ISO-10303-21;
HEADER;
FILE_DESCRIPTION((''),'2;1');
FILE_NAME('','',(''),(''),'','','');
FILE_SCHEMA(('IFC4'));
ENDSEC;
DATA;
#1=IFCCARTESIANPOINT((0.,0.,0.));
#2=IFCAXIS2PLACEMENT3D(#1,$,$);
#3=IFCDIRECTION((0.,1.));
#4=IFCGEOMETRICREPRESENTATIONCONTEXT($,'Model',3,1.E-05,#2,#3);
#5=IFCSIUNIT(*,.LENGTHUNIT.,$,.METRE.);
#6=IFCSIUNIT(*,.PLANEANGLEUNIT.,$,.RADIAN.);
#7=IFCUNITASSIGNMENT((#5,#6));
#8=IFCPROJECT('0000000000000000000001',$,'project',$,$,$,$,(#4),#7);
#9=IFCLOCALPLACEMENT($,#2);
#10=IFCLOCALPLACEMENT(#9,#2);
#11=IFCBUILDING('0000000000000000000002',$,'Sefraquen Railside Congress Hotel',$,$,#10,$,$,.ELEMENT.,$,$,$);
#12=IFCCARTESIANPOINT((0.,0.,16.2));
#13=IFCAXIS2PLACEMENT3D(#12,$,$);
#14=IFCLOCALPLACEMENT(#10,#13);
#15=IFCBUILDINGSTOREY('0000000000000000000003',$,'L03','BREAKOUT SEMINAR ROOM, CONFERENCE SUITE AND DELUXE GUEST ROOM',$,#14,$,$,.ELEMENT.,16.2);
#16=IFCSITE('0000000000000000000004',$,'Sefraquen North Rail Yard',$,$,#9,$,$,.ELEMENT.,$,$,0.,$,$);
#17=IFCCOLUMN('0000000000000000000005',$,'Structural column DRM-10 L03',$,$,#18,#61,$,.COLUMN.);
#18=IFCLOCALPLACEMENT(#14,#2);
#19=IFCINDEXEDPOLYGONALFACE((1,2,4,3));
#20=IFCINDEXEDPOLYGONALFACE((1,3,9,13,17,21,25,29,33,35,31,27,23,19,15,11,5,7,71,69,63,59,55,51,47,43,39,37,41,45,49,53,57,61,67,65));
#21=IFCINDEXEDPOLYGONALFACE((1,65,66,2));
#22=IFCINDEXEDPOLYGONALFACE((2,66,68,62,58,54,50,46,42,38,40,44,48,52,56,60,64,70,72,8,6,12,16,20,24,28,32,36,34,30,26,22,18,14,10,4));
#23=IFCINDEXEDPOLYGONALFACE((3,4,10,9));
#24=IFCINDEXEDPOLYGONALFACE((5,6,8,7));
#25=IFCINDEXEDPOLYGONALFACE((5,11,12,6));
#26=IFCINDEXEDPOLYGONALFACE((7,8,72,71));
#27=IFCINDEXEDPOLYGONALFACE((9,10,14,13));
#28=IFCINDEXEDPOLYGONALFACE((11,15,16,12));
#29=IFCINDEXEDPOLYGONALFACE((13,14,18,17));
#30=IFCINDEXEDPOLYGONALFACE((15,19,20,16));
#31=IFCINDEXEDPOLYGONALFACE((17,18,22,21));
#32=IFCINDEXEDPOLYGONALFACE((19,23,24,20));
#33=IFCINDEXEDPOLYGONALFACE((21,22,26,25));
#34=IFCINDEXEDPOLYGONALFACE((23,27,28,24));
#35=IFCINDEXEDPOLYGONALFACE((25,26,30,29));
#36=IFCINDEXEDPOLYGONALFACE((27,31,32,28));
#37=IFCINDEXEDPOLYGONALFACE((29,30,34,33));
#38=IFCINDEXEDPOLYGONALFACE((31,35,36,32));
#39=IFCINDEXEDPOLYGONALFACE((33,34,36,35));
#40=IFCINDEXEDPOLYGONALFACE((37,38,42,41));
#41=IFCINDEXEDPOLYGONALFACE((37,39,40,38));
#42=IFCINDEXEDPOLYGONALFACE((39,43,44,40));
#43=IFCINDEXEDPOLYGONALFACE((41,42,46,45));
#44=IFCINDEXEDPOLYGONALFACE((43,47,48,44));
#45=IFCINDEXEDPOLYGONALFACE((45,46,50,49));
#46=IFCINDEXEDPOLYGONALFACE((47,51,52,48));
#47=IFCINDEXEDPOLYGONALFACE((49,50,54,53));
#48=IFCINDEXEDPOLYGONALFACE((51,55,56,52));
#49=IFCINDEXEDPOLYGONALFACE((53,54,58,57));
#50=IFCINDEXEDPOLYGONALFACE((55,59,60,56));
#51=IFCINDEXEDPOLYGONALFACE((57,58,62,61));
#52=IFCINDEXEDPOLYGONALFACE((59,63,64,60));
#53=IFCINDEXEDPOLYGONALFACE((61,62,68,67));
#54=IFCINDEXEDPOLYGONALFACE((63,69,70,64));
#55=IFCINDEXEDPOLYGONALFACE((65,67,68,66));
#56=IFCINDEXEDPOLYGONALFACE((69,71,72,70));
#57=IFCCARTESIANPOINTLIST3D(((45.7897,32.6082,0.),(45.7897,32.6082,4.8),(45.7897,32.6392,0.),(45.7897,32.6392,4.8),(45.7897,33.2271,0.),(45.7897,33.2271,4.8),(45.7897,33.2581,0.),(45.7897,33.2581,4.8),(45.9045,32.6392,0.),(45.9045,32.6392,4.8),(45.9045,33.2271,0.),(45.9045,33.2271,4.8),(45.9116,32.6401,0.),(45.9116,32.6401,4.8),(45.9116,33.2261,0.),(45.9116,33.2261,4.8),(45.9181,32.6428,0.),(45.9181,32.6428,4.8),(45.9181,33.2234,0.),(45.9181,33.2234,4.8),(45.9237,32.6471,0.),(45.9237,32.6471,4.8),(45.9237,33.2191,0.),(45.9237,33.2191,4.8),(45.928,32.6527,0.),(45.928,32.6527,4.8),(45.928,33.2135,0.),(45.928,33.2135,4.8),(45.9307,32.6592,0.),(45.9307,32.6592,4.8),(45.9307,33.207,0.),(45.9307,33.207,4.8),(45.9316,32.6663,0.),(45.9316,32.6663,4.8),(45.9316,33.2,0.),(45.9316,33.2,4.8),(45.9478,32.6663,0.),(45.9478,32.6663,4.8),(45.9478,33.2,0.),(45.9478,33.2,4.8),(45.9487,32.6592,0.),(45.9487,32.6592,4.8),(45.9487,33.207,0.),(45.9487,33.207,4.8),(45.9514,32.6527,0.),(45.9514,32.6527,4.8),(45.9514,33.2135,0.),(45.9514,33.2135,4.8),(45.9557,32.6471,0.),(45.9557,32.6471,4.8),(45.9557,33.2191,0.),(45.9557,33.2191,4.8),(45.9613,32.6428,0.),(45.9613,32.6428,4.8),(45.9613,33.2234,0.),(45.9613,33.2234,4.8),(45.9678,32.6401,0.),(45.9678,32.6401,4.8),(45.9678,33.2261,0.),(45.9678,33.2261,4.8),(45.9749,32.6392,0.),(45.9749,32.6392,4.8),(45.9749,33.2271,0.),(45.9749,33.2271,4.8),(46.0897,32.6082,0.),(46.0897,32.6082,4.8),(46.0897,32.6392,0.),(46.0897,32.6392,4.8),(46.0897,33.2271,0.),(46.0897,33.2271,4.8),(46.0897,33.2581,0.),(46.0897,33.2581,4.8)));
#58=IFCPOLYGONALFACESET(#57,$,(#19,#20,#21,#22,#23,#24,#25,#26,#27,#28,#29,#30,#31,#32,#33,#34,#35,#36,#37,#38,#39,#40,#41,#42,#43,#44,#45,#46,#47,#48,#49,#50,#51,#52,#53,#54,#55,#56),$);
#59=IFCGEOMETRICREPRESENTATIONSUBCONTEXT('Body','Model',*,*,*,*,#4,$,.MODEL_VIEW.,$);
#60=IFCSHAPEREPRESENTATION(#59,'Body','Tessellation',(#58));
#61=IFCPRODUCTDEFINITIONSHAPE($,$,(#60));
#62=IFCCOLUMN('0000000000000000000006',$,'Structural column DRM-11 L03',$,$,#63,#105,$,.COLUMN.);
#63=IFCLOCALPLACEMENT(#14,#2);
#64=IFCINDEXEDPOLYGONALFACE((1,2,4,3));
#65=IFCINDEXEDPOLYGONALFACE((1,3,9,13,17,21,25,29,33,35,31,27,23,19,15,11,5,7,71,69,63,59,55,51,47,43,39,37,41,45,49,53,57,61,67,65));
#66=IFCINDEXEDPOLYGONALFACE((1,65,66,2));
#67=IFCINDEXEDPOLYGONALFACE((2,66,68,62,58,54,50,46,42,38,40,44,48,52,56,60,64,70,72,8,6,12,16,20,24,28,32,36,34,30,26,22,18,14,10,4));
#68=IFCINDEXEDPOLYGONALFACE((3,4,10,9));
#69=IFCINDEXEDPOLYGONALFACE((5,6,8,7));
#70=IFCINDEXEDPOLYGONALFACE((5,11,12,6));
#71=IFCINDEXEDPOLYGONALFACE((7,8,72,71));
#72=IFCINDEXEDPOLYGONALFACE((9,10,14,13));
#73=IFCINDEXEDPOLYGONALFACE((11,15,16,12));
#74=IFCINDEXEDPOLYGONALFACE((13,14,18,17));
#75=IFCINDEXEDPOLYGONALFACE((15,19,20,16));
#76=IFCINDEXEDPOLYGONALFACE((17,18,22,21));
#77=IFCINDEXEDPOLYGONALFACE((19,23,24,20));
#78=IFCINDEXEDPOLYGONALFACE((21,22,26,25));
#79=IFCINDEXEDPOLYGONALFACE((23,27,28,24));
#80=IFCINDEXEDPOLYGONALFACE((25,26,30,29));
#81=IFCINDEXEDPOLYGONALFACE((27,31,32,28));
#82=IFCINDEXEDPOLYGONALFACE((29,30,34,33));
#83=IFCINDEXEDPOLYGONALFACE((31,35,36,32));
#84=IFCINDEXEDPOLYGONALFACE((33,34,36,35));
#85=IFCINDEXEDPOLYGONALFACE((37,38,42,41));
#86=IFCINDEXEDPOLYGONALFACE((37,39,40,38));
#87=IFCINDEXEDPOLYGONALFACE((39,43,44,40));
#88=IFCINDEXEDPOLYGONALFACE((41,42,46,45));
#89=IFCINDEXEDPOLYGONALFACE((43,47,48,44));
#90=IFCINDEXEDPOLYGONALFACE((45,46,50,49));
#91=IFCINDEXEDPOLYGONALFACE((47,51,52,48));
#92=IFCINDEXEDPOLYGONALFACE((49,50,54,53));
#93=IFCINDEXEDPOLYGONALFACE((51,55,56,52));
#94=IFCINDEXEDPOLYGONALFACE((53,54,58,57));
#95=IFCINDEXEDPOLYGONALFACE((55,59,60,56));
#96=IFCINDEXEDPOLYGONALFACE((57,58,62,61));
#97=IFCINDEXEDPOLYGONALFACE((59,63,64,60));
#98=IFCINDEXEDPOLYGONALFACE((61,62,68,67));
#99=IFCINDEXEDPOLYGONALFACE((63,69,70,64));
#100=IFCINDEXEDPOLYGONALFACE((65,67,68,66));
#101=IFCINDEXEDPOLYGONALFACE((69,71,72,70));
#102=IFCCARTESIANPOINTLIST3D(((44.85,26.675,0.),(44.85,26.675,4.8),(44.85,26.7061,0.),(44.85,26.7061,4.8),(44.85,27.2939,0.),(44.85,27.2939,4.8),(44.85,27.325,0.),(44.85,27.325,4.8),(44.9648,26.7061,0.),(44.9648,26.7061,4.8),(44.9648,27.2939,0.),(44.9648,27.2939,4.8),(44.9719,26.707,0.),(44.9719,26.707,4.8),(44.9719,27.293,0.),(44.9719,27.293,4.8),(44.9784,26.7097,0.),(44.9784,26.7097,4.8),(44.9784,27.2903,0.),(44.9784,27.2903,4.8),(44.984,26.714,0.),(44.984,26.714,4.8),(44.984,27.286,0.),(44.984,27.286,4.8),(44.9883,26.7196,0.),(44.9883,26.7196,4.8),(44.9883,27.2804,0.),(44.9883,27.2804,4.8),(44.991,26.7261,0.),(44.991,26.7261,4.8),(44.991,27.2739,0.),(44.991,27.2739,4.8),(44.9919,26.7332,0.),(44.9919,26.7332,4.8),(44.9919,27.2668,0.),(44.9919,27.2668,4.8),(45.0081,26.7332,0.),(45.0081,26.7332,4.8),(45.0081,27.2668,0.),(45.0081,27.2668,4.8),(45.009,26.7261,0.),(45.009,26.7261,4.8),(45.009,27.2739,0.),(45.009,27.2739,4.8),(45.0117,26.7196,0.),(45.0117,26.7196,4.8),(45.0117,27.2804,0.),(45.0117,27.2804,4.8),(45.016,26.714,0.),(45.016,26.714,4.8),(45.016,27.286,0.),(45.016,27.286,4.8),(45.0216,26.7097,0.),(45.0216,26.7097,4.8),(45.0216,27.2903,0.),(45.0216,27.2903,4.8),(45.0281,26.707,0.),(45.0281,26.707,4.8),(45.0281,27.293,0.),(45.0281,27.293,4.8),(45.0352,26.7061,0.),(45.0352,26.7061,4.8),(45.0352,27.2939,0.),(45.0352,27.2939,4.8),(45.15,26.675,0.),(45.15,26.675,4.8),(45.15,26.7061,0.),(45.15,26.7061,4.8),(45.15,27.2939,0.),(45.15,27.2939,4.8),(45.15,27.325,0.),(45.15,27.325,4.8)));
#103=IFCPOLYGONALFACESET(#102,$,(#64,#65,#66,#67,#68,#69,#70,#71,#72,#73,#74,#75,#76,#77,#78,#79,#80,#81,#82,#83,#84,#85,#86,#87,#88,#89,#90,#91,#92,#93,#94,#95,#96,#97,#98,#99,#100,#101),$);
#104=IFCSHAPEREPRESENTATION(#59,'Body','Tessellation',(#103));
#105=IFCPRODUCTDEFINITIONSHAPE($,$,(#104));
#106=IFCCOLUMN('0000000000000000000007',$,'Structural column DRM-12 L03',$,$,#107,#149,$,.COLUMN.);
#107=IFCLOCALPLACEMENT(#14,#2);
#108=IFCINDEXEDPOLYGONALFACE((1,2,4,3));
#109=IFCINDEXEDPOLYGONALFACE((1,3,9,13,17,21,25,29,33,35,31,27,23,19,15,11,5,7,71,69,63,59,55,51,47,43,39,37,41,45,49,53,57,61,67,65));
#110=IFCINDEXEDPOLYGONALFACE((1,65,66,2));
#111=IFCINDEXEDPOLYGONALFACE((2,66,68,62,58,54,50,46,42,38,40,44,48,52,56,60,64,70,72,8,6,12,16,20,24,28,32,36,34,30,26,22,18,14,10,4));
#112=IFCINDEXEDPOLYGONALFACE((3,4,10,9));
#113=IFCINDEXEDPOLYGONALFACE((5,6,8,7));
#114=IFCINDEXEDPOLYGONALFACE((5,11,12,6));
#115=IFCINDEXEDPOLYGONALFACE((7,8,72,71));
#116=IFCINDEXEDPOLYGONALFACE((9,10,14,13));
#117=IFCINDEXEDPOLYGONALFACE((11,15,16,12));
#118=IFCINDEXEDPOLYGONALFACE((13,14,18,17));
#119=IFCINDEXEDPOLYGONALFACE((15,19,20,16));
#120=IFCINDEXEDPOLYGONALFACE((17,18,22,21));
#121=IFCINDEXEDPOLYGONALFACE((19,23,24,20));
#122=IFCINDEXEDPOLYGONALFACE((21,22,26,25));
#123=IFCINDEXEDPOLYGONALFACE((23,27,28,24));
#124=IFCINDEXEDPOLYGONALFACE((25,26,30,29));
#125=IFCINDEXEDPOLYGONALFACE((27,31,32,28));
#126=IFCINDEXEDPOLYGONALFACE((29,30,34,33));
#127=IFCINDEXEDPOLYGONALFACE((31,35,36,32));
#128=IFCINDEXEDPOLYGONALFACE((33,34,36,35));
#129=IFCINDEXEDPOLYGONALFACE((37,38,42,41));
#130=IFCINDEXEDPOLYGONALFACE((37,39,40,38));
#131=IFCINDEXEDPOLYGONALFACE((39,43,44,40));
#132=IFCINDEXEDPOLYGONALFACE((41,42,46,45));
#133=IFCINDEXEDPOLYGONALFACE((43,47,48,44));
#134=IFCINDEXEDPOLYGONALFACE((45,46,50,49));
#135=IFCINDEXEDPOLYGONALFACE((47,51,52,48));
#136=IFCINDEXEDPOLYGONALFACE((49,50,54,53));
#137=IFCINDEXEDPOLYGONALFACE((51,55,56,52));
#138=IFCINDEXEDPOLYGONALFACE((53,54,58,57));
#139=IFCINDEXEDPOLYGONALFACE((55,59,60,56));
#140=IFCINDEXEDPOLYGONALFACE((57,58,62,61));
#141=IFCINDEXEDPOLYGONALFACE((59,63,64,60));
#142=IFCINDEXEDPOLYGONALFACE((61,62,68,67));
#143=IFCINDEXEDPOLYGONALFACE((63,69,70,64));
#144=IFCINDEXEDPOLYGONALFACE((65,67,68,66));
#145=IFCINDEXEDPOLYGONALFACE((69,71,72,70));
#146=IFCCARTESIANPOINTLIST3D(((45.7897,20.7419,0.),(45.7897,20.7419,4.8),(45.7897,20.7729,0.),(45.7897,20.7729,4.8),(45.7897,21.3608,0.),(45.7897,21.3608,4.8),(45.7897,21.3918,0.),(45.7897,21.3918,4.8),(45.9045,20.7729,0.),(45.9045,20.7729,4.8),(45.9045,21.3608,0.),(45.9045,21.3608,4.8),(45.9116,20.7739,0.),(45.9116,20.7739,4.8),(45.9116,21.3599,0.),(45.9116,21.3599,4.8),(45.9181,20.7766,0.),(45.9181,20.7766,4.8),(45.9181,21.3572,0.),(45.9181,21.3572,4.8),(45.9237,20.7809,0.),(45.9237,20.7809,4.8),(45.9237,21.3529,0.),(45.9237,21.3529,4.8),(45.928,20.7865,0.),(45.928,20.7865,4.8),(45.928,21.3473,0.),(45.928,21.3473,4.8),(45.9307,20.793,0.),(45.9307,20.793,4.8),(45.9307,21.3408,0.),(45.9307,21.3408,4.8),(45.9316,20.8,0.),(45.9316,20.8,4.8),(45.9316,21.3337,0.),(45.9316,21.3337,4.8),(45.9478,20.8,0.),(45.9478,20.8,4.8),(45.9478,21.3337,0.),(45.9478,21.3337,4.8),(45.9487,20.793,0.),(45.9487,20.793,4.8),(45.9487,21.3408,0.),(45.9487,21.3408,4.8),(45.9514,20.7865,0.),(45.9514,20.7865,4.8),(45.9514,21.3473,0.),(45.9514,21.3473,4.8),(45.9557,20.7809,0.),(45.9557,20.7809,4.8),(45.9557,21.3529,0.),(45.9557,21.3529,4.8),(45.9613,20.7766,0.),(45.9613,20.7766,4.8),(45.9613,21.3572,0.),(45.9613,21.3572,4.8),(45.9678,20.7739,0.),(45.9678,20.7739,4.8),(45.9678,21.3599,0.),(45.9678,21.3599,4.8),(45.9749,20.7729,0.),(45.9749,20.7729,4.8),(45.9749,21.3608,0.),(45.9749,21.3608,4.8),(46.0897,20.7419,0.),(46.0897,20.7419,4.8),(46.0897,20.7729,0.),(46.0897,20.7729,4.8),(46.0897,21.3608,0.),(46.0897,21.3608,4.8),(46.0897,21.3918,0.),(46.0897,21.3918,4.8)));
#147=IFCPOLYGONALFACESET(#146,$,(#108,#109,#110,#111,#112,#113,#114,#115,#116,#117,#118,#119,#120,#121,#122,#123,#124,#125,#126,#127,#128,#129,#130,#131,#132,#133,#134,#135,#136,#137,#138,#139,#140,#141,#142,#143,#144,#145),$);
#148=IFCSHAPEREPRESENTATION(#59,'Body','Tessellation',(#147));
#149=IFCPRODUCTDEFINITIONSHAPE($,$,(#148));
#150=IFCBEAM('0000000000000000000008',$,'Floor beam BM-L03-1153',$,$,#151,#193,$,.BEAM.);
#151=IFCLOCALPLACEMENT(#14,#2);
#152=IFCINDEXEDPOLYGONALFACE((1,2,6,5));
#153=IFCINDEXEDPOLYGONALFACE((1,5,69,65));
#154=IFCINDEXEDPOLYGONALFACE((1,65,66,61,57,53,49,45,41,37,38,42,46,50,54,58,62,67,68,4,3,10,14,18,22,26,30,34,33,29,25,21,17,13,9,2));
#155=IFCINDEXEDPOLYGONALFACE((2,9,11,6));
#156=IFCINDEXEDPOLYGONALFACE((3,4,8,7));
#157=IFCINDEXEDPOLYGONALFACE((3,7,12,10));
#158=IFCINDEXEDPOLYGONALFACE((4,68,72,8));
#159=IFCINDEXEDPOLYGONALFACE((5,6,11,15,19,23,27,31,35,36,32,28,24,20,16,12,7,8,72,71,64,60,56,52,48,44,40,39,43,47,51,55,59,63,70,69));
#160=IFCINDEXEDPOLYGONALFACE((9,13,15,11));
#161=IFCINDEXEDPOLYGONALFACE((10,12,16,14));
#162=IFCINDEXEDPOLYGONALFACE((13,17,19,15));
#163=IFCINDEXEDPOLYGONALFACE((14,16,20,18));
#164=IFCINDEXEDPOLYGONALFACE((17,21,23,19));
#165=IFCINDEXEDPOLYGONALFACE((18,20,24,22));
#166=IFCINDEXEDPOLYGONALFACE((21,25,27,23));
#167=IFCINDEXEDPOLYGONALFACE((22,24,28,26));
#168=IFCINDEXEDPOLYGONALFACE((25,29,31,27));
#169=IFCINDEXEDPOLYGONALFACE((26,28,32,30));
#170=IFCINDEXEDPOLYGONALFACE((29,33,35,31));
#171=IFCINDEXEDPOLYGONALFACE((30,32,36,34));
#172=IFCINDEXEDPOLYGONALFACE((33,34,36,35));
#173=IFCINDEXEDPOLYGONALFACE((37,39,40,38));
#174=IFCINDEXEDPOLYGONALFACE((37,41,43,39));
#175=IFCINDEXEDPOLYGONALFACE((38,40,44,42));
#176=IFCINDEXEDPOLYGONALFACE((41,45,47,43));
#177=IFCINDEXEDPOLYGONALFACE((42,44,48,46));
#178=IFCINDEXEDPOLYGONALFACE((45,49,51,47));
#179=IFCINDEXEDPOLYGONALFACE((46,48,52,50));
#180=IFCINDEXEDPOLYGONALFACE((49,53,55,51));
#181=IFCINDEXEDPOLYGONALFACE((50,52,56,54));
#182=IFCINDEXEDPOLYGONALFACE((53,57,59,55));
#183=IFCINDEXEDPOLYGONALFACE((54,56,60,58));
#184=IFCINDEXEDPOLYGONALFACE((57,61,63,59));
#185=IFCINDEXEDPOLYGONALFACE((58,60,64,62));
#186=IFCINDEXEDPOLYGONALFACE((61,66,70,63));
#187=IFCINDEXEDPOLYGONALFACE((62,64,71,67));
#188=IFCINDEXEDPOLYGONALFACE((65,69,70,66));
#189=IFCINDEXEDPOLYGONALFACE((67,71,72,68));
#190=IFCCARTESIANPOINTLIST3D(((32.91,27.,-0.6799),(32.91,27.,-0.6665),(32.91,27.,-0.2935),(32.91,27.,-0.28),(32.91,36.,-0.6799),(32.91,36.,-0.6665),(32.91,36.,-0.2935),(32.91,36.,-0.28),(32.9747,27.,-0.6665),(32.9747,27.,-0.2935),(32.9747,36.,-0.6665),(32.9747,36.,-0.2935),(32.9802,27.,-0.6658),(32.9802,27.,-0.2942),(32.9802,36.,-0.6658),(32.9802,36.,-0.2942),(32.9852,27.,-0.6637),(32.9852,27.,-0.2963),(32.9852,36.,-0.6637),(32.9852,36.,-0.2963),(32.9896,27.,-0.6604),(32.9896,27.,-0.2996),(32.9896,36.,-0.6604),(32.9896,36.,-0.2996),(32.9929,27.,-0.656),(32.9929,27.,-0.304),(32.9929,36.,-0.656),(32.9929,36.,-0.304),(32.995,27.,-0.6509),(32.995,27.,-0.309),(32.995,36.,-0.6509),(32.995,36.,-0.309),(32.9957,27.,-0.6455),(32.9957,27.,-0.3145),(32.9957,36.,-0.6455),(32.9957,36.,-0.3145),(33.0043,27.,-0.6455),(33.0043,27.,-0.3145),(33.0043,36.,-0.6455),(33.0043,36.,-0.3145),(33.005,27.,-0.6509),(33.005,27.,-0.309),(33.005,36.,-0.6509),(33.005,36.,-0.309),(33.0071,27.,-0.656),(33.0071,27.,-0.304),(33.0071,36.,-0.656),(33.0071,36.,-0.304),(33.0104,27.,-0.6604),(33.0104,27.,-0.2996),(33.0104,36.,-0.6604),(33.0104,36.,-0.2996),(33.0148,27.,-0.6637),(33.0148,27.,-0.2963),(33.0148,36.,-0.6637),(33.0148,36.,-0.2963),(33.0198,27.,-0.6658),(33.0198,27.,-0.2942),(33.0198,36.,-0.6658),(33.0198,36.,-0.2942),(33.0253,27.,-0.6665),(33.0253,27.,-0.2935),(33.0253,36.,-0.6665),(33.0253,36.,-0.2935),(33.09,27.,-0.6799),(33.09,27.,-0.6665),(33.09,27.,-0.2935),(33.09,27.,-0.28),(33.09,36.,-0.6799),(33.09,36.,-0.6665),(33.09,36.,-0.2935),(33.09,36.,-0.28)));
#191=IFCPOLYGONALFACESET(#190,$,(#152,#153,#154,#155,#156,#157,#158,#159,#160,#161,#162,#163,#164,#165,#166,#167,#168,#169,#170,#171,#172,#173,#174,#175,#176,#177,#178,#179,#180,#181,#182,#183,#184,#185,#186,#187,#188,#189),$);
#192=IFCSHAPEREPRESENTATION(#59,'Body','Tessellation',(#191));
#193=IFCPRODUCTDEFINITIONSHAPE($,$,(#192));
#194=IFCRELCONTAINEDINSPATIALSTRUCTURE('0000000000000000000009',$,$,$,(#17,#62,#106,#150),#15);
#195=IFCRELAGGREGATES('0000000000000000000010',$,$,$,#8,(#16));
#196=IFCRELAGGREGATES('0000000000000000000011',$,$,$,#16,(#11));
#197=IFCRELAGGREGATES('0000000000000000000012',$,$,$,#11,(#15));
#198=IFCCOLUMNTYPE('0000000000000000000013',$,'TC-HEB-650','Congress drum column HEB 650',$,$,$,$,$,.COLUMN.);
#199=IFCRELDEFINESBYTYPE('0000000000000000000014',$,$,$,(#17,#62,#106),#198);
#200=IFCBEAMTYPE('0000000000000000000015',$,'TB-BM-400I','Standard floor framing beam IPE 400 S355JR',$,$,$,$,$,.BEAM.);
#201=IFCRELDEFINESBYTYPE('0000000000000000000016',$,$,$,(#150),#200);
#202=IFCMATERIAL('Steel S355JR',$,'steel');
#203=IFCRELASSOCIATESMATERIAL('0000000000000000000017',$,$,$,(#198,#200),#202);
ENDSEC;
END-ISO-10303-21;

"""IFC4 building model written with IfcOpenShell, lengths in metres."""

from ifc_helpers import new_model, si_unit, direction, frame, origin, origin_2d, place, context, subcontext, project, spatial, i_section, extrude, material, material_profile, profile_set, type_object, element, save


model = new_model("IFC4")

# Units and contexts
model_context = context("Model", 3, precision=1e-05, world=origin(), true_north=direction((0.0, 1.0)))
body_context = subcontext(model_context, "Body", "Model", "MODEL_VIEW")
ifc_project = project(units=[si_unit("LENGTHUNIT", "METRE"), si_unit("PLANEANGLEUNIT", "RADIAN")], contexts=[model_context])

# Site, building, storey
site_placement = place(None, origin())
site = spatial("IfcSite", under=ifc_project, at=site_placement, Name="Sefraquen North Rail Yard", CompositionType="ELEMENT", RefElevation=0.0)
building_placement = place(site_placement, origin())
building = spatial("IfcBuilding", under=site, at=building_placement, Name="Sefraquen Railside Congress Hotel", CompositionType="ELEMENT")
storey_placement = place(building_placement, frame((0.0, 0.0, 16.2)))
storey = spatial("IfcBuildingStorey", under=building, at=storey_placement, Name="L03", Description="BREAKOUT SEMINAR ROOM, CONFERENCE SUITE AND DELUXE GUEST ROOM", CompositionType="ELEMENT", Elevation=16.2)

# Columns
ifc_material_1 = material(Name="Steel S355JR", Category="steel")
ifc_material_profile_1 = material_profile(ifc_material_1, i_section(OverallWidth=0.3, OverallDepth=0.6499, WebThickness=0.0161, FlangeThickness=0.031, FilletRadius=0.0271, at=origin_2d()), Name="HEB 650")
ifc_profile_set_1 = profile_set([ifc_material_profile_1], Name="Steel S355JR")
column_type = type_object("IfcColumnType", Name="TC-HEB-650", Description="Congress drum column HEB 650", PredefinedType="COLUMN", material=ifc_profile_set_1)
for number, where, z_axis, x_axis, name in (
    (1, (45.9397, 32.9331, 0.0), (0.0, 0.0, 1.0), (1.0, 0.0, 0.0), "Structural column DRM-10 L03"),
    (2, (45.0, 27.0, 0.0), (0.0, 0.0, 1.0), (1.0, 0.0, 0.0), "Structural column DRM-11 L03"),
    (3, (45.9397, 21.0669, 0.0), (0.0, 0.0, 1.0), (1.0, 0.0, 0.0), "Structural column DRM-12 L03"),
):
    element("IfcColumn", number, at=place(storey_placement, frame(where, z_axis=z_axis, x_axis=x_axis)), inside=storey, type_object=column_type, Name=name, PredefinedType="COLUMN", context=body_context, shape_type="SweptSolid", body=[
        extrude(i_section(OverallWidth=0.3, OverallDepth=0.6499, WebThickness=0.0161, FlangeThickness=0.031, FilletRadius=0.0271, at=origin_2d()), origin(), (0.0, 0.0, 1.0), 4.8),
    ])

# Beam
ifc_material_profile_2 = material_profile(ifc_material_1, i_section(OverallWidth=0.1799, OverallDepth=0.3999, WebThickness=0.0085, FlangeThickness=0.0134, FilletRadius=0.021, at=origin_2d()), Name="IPE 400")
ifc_profile_set_2 = profile_set([ifc_material_profile_2], Name="Steel S355JR")
beam_type_1 = type_object("IfcBeamType", Name="TB-BM-400I", Description="Standard floor framing beam IPE 400 S355JR", PredefinedType="BEAM", material=ifc_profile_set_2)
for number, where, z_axis, x_axis, name in (
    (4, (33.0, 27.0, -0.48), (0.0, 1.0, 0.0), (-1.0, 0.0, 0.0), "Floor beam BM-L03-1153"),
):
    element("IfcBeam", number, at=place(storey_placement, frame(where, z_axis=z_axis, x_axis=x_axis)), inside=storey, type_object=beam_type_1, Name=name, PredefinedType="BEAM", context=body_context, shape_type="SweptSolid", body=[
        extrude(i_section(OverallWidth=0.1799, OverallDepth=0.3999, WebThickness=0.0085, FlangeThickness=0.0134, FilletRadius=0.021, at=origin_2d()), origin(), (0.0, 0.0, 1.0), 9.0),
    ])

save(model, "model.ifc")
